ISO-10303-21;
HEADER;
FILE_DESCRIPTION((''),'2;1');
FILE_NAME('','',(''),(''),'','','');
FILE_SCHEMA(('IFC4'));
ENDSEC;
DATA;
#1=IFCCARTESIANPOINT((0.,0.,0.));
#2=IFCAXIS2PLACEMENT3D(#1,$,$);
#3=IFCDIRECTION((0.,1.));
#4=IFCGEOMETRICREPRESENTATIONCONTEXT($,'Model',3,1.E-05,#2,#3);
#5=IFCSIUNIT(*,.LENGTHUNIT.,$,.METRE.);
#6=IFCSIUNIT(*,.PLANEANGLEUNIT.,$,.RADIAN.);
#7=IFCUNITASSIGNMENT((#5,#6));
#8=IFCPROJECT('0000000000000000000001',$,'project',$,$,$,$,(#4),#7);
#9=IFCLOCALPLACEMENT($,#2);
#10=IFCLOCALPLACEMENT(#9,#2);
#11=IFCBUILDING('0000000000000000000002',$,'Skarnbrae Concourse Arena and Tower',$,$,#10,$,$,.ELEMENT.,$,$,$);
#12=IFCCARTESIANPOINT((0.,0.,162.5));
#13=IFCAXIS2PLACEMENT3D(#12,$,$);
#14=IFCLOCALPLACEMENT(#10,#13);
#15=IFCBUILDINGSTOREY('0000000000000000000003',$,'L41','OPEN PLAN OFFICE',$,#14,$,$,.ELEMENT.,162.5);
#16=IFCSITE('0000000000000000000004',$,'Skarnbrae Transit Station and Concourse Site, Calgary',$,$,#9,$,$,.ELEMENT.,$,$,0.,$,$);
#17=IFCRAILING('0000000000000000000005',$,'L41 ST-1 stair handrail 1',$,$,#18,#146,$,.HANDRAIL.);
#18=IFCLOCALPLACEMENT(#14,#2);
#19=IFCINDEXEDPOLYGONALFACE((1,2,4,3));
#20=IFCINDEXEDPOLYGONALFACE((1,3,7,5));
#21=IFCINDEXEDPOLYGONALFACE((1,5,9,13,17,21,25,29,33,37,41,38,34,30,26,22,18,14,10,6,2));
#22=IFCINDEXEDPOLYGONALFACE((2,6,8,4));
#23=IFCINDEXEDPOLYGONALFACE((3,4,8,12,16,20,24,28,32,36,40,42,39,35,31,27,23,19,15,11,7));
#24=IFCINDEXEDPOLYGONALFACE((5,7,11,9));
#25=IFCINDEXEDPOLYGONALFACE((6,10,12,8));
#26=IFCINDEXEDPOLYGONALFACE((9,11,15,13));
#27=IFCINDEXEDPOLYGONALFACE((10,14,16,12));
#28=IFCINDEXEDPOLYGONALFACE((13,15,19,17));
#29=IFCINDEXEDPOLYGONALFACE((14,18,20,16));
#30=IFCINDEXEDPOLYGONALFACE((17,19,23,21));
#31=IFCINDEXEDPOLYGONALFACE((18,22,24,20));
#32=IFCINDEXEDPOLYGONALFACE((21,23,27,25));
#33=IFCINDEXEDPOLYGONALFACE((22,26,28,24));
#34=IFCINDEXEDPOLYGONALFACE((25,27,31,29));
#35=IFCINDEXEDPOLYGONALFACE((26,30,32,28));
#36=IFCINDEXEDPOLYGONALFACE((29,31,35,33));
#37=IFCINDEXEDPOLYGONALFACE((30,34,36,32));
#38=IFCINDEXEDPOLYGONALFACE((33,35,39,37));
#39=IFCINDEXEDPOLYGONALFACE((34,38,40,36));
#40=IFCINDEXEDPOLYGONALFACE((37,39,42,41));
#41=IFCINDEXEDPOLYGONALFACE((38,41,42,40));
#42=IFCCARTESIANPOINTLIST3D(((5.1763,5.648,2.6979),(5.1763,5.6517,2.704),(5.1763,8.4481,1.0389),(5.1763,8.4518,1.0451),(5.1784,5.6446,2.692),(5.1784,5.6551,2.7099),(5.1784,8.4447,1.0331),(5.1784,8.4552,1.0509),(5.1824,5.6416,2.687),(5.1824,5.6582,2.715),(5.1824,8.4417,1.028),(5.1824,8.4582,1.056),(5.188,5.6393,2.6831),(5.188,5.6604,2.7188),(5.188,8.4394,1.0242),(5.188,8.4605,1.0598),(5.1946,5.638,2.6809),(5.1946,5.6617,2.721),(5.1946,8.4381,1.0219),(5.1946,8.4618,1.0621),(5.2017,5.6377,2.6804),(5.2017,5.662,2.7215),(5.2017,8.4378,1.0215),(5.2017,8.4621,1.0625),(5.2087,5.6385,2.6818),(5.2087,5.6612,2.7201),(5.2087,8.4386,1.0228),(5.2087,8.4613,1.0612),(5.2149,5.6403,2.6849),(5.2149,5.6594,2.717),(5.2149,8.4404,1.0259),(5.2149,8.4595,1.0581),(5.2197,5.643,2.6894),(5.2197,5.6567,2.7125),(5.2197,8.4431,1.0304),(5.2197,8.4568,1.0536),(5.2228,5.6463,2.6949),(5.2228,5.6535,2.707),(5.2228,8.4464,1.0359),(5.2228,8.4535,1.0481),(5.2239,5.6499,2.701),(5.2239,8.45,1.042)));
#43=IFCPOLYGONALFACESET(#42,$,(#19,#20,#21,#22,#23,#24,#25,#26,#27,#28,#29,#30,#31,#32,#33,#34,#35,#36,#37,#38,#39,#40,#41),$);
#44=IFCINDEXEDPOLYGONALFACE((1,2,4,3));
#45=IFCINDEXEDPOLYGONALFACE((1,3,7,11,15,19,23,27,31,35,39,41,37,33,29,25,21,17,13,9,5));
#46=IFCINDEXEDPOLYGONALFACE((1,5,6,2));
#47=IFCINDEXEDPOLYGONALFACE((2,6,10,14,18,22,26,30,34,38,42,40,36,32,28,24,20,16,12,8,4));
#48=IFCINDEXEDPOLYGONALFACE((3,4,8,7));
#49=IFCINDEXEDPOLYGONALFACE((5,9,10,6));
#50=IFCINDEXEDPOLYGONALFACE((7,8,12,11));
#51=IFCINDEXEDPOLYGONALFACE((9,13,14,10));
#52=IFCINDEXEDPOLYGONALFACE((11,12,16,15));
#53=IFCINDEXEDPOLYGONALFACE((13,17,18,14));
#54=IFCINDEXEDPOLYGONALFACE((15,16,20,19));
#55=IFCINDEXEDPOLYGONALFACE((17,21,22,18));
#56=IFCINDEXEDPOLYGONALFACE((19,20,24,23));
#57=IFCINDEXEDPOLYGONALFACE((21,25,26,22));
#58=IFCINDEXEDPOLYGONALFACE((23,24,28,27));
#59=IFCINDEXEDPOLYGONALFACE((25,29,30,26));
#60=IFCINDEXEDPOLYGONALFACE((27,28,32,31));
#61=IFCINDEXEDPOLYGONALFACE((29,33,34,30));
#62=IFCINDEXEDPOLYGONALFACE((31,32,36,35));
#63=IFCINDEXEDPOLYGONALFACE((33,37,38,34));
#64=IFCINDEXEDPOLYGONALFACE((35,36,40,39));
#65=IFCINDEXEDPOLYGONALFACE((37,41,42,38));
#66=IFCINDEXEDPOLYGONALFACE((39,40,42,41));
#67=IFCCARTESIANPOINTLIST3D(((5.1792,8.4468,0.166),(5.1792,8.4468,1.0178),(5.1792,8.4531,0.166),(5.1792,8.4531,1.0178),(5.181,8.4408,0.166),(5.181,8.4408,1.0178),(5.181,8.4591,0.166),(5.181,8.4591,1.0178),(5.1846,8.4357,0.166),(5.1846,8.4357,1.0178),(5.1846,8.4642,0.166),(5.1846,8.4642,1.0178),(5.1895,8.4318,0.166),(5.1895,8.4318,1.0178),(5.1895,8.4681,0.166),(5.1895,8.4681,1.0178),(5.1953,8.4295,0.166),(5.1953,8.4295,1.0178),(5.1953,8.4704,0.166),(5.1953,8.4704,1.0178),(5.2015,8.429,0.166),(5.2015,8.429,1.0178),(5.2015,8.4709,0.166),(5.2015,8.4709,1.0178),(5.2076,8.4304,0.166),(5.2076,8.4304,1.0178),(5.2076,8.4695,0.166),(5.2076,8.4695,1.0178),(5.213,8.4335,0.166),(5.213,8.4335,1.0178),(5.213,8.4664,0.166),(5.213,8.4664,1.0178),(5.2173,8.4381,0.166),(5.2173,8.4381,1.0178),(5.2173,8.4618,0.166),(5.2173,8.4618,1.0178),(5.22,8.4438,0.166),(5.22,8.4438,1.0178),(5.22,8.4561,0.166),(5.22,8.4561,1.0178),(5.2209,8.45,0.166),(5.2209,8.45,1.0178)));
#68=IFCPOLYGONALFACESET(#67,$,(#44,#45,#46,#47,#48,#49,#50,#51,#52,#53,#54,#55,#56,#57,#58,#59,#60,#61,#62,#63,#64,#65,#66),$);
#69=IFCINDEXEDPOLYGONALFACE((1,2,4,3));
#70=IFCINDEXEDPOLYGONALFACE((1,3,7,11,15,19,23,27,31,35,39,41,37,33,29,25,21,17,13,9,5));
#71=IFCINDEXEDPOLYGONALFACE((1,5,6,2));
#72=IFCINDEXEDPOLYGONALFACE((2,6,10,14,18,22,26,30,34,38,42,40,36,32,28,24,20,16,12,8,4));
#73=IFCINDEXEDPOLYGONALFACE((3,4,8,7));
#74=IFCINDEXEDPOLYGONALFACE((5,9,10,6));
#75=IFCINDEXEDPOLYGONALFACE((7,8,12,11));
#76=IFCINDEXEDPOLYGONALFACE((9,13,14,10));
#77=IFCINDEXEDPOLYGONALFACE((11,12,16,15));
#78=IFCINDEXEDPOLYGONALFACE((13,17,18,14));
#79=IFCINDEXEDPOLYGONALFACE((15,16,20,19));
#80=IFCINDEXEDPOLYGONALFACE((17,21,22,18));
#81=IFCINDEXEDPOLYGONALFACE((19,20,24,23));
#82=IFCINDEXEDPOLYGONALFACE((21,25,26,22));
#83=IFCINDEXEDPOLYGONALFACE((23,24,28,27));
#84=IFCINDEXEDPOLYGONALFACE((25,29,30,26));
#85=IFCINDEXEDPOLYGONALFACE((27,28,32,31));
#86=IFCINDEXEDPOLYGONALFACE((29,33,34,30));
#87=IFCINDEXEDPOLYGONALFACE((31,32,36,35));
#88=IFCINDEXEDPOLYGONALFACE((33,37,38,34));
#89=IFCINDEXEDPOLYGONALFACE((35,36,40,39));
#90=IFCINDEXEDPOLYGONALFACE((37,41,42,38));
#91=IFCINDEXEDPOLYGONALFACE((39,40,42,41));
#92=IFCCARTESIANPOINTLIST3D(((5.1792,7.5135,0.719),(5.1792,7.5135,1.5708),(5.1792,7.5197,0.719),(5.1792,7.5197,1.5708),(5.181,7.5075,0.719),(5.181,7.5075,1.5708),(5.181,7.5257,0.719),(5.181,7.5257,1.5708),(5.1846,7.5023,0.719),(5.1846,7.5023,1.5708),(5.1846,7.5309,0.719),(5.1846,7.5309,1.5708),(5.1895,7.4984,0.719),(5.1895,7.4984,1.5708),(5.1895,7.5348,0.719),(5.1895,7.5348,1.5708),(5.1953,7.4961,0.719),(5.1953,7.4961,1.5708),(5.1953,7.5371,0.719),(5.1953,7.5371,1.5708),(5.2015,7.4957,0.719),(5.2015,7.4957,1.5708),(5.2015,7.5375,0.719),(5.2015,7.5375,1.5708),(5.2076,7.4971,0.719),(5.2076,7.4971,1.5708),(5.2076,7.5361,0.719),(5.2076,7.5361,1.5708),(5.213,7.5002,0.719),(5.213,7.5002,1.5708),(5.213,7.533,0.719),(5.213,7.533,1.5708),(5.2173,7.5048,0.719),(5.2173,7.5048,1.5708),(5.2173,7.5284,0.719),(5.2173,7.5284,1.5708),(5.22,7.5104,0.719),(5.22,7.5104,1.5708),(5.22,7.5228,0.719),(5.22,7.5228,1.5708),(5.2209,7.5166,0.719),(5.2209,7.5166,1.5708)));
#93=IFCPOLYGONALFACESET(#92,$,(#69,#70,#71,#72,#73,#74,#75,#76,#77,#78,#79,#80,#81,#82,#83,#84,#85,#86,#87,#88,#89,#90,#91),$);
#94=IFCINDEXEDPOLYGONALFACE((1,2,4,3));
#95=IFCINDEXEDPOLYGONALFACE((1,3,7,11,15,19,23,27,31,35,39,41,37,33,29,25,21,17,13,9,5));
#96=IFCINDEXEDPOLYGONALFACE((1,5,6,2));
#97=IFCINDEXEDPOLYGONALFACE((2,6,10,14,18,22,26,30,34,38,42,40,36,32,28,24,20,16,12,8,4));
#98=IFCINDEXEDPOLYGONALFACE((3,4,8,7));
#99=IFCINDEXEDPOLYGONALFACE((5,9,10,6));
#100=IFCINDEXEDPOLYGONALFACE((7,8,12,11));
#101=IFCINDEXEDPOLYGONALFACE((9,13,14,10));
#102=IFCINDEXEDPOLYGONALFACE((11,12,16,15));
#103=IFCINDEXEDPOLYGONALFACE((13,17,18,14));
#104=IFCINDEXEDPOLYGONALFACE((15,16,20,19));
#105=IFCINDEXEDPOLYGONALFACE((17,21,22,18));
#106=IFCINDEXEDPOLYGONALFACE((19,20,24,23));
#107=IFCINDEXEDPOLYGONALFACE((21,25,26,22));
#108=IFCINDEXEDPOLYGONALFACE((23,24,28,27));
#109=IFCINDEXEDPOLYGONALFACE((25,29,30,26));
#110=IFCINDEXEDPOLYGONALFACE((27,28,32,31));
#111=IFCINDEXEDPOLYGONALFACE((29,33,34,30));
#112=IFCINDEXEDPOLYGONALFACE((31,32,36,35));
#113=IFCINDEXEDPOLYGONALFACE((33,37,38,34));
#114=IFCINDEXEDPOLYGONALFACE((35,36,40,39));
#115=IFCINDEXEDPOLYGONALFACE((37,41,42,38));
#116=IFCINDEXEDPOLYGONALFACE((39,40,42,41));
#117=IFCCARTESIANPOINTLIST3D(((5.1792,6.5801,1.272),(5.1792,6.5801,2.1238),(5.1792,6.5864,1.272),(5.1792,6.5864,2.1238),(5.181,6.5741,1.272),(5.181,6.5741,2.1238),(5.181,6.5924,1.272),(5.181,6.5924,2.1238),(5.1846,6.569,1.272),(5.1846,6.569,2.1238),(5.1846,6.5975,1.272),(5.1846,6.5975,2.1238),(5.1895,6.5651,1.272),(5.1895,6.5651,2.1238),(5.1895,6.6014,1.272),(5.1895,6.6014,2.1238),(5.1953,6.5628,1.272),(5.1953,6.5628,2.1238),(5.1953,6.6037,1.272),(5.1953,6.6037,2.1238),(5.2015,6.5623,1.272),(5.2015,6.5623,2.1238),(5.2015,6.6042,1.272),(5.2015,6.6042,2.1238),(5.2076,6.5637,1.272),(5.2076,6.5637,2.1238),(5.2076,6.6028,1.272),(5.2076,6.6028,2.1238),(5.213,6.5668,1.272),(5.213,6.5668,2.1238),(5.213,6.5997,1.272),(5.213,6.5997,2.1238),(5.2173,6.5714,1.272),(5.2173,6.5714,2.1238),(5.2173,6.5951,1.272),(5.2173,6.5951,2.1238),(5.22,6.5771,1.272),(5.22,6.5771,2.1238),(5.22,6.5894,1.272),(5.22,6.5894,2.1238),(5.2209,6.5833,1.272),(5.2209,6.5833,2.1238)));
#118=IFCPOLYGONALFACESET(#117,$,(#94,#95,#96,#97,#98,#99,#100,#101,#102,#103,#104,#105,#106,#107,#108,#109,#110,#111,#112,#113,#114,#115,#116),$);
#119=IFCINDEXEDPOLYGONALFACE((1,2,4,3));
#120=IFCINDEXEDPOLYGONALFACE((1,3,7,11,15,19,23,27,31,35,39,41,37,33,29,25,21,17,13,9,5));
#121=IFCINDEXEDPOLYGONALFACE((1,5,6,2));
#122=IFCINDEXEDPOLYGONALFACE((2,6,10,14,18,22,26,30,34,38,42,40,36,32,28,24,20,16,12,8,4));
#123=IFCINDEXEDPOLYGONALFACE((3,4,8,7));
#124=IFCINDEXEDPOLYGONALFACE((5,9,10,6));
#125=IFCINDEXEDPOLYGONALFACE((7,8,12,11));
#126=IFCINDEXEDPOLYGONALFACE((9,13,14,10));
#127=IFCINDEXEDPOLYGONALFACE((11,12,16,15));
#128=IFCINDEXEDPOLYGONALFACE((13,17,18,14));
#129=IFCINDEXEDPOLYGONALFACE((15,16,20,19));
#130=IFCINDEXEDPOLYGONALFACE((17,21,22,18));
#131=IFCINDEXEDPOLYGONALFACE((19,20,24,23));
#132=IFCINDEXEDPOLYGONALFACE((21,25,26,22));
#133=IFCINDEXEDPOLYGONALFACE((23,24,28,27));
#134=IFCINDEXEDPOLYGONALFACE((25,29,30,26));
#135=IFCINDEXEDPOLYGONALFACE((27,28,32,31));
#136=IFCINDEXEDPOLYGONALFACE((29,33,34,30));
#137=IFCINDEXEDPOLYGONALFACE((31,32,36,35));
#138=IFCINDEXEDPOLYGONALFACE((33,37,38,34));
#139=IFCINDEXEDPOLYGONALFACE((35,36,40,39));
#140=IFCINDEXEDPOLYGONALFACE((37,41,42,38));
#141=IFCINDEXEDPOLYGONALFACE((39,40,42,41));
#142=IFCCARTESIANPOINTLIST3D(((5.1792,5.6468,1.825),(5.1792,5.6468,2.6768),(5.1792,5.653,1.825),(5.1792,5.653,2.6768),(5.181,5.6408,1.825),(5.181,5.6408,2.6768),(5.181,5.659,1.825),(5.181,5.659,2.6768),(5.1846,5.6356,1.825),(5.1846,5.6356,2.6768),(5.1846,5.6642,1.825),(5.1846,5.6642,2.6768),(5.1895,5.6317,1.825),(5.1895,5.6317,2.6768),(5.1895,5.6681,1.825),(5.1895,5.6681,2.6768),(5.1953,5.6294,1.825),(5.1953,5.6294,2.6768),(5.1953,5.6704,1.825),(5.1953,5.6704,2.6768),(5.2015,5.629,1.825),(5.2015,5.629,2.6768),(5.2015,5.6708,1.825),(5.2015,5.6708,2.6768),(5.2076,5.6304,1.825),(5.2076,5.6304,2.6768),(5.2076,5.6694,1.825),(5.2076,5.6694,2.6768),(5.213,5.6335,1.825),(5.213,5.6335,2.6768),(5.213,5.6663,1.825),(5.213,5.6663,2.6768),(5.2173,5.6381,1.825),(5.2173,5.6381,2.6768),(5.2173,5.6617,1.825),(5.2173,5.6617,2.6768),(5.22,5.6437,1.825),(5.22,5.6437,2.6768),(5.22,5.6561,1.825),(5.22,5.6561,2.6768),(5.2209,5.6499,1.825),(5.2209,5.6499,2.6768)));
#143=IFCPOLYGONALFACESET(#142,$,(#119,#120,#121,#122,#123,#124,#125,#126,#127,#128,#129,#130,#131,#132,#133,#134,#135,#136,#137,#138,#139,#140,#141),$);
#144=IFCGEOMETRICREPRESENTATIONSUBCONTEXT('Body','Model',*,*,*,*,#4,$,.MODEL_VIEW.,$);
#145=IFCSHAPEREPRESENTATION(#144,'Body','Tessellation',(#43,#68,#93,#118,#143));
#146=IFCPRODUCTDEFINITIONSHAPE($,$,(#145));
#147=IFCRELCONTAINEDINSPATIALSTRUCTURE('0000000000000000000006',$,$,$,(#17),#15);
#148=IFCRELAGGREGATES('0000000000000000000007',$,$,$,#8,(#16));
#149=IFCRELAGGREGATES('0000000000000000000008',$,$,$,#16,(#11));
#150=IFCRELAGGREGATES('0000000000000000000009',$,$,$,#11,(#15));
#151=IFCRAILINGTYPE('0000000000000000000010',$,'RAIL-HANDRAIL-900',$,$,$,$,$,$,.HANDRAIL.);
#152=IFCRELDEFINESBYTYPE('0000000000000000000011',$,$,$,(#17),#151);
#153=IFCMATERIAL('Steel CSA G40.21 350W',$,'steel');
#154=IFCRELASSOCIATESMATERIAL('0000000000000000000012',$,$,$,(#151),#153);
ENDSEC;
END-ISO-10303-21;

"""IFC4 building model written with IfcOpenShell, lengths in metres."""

from ifc_helpers import new_model, si_unit, direction, frame, origin, origin_2d, place, context, subcontext, project, spatial, circle, extrude, material, type_object, element, save


model = new_model("IFC4")

# Units and contexts
model_context = context("Model", 3, precision=1e-05, world=origin(), true_north=direction((0.0, 1.0)))
body_context = subcontext(model_context, "Body", "Model", "MODEL_VIEW")
ifc_project = project(units=[si_unit("LENGTHUNIT", "METRE"), si_unit("PLANEANGLEUNIT", "RADIAN")], contexts=[model_context])

# Site, building, storey
site_placement = place(None, origin())
site = spatial("IfcSite", under=ifc_project, at=site_placement, Name="Skarnbrae Transit Station and Concourse Site, Calgary", CompositionType="ELEMENT", RefElevation=0.0)
building_placement = place(site_placement, origin())
building = spatial("IfcBuilding", under=site, at=building_placement, Name="Skarnbrae Concourse Arena and Tower", CompositionType="ELEMENT")
storey_placement = place(building_placement, frame((0.0, 0.0, 162.5)))
storey = spatial("IfcBuildingStorey", under=building, at=storey_placement, Name="L41", Description="OPEN PLAN OFFICE", CompositionType="ELEMENT", Elevation=162.5)

# Railing
ifc_material_1 = material(Name="Steel CSA G40.21 350W", Category="steel")
railing_type_1 = type_object("IfcRailingType", Name="RAIL-HANDRAIL-900", PredefinedType="HANDRAIL", material=ifc_material_1)
railing_1_placement = place(storey_placement, frame((5.2, 8.45, 0.166)))
element("IfcRailing", 1, at=railing_1_placement, inside=storey, type_object=railing_type_1, Name="L41 ST-1 stair handrail 1", PredefinedType="HANDRAIL", context=body_context, shape_type="SweptSolid", body=[
    extrude(circle(Radius=0.0239, at=origin_2d()), frame((0.0, 0.0, 0.876), z_axis=(0.0, -0.860339, 0.509722), x_axis=(1.0, 0.0, 0.0)), (0.0, 0.0, 1.0), 3.2546),
    extrude(circle(Radius=0.021, at=origin_2d()), origin(), (0.0, 0.0, 1.0), 0.8518),
    extrude(circle(Radius=0.021, at=origin_2d()), frame((0.0, -0.9333, 0.553)), (0.0, 0.0, 1.0), 0.8518),
    extrude(circle(Radius=0.021, at=origin_2d()), frame((0.0, -1.8667, 1.106)), (0.0, 0.0, 1.0), 0.8518),
    extrude(circle(Radius=0.021, at=origin_2d()), frame((0.0, -2.8, 1.6589)), (0.0, 0.0, 1.0), 0.8518),
])

save(model, "model.ifc")
